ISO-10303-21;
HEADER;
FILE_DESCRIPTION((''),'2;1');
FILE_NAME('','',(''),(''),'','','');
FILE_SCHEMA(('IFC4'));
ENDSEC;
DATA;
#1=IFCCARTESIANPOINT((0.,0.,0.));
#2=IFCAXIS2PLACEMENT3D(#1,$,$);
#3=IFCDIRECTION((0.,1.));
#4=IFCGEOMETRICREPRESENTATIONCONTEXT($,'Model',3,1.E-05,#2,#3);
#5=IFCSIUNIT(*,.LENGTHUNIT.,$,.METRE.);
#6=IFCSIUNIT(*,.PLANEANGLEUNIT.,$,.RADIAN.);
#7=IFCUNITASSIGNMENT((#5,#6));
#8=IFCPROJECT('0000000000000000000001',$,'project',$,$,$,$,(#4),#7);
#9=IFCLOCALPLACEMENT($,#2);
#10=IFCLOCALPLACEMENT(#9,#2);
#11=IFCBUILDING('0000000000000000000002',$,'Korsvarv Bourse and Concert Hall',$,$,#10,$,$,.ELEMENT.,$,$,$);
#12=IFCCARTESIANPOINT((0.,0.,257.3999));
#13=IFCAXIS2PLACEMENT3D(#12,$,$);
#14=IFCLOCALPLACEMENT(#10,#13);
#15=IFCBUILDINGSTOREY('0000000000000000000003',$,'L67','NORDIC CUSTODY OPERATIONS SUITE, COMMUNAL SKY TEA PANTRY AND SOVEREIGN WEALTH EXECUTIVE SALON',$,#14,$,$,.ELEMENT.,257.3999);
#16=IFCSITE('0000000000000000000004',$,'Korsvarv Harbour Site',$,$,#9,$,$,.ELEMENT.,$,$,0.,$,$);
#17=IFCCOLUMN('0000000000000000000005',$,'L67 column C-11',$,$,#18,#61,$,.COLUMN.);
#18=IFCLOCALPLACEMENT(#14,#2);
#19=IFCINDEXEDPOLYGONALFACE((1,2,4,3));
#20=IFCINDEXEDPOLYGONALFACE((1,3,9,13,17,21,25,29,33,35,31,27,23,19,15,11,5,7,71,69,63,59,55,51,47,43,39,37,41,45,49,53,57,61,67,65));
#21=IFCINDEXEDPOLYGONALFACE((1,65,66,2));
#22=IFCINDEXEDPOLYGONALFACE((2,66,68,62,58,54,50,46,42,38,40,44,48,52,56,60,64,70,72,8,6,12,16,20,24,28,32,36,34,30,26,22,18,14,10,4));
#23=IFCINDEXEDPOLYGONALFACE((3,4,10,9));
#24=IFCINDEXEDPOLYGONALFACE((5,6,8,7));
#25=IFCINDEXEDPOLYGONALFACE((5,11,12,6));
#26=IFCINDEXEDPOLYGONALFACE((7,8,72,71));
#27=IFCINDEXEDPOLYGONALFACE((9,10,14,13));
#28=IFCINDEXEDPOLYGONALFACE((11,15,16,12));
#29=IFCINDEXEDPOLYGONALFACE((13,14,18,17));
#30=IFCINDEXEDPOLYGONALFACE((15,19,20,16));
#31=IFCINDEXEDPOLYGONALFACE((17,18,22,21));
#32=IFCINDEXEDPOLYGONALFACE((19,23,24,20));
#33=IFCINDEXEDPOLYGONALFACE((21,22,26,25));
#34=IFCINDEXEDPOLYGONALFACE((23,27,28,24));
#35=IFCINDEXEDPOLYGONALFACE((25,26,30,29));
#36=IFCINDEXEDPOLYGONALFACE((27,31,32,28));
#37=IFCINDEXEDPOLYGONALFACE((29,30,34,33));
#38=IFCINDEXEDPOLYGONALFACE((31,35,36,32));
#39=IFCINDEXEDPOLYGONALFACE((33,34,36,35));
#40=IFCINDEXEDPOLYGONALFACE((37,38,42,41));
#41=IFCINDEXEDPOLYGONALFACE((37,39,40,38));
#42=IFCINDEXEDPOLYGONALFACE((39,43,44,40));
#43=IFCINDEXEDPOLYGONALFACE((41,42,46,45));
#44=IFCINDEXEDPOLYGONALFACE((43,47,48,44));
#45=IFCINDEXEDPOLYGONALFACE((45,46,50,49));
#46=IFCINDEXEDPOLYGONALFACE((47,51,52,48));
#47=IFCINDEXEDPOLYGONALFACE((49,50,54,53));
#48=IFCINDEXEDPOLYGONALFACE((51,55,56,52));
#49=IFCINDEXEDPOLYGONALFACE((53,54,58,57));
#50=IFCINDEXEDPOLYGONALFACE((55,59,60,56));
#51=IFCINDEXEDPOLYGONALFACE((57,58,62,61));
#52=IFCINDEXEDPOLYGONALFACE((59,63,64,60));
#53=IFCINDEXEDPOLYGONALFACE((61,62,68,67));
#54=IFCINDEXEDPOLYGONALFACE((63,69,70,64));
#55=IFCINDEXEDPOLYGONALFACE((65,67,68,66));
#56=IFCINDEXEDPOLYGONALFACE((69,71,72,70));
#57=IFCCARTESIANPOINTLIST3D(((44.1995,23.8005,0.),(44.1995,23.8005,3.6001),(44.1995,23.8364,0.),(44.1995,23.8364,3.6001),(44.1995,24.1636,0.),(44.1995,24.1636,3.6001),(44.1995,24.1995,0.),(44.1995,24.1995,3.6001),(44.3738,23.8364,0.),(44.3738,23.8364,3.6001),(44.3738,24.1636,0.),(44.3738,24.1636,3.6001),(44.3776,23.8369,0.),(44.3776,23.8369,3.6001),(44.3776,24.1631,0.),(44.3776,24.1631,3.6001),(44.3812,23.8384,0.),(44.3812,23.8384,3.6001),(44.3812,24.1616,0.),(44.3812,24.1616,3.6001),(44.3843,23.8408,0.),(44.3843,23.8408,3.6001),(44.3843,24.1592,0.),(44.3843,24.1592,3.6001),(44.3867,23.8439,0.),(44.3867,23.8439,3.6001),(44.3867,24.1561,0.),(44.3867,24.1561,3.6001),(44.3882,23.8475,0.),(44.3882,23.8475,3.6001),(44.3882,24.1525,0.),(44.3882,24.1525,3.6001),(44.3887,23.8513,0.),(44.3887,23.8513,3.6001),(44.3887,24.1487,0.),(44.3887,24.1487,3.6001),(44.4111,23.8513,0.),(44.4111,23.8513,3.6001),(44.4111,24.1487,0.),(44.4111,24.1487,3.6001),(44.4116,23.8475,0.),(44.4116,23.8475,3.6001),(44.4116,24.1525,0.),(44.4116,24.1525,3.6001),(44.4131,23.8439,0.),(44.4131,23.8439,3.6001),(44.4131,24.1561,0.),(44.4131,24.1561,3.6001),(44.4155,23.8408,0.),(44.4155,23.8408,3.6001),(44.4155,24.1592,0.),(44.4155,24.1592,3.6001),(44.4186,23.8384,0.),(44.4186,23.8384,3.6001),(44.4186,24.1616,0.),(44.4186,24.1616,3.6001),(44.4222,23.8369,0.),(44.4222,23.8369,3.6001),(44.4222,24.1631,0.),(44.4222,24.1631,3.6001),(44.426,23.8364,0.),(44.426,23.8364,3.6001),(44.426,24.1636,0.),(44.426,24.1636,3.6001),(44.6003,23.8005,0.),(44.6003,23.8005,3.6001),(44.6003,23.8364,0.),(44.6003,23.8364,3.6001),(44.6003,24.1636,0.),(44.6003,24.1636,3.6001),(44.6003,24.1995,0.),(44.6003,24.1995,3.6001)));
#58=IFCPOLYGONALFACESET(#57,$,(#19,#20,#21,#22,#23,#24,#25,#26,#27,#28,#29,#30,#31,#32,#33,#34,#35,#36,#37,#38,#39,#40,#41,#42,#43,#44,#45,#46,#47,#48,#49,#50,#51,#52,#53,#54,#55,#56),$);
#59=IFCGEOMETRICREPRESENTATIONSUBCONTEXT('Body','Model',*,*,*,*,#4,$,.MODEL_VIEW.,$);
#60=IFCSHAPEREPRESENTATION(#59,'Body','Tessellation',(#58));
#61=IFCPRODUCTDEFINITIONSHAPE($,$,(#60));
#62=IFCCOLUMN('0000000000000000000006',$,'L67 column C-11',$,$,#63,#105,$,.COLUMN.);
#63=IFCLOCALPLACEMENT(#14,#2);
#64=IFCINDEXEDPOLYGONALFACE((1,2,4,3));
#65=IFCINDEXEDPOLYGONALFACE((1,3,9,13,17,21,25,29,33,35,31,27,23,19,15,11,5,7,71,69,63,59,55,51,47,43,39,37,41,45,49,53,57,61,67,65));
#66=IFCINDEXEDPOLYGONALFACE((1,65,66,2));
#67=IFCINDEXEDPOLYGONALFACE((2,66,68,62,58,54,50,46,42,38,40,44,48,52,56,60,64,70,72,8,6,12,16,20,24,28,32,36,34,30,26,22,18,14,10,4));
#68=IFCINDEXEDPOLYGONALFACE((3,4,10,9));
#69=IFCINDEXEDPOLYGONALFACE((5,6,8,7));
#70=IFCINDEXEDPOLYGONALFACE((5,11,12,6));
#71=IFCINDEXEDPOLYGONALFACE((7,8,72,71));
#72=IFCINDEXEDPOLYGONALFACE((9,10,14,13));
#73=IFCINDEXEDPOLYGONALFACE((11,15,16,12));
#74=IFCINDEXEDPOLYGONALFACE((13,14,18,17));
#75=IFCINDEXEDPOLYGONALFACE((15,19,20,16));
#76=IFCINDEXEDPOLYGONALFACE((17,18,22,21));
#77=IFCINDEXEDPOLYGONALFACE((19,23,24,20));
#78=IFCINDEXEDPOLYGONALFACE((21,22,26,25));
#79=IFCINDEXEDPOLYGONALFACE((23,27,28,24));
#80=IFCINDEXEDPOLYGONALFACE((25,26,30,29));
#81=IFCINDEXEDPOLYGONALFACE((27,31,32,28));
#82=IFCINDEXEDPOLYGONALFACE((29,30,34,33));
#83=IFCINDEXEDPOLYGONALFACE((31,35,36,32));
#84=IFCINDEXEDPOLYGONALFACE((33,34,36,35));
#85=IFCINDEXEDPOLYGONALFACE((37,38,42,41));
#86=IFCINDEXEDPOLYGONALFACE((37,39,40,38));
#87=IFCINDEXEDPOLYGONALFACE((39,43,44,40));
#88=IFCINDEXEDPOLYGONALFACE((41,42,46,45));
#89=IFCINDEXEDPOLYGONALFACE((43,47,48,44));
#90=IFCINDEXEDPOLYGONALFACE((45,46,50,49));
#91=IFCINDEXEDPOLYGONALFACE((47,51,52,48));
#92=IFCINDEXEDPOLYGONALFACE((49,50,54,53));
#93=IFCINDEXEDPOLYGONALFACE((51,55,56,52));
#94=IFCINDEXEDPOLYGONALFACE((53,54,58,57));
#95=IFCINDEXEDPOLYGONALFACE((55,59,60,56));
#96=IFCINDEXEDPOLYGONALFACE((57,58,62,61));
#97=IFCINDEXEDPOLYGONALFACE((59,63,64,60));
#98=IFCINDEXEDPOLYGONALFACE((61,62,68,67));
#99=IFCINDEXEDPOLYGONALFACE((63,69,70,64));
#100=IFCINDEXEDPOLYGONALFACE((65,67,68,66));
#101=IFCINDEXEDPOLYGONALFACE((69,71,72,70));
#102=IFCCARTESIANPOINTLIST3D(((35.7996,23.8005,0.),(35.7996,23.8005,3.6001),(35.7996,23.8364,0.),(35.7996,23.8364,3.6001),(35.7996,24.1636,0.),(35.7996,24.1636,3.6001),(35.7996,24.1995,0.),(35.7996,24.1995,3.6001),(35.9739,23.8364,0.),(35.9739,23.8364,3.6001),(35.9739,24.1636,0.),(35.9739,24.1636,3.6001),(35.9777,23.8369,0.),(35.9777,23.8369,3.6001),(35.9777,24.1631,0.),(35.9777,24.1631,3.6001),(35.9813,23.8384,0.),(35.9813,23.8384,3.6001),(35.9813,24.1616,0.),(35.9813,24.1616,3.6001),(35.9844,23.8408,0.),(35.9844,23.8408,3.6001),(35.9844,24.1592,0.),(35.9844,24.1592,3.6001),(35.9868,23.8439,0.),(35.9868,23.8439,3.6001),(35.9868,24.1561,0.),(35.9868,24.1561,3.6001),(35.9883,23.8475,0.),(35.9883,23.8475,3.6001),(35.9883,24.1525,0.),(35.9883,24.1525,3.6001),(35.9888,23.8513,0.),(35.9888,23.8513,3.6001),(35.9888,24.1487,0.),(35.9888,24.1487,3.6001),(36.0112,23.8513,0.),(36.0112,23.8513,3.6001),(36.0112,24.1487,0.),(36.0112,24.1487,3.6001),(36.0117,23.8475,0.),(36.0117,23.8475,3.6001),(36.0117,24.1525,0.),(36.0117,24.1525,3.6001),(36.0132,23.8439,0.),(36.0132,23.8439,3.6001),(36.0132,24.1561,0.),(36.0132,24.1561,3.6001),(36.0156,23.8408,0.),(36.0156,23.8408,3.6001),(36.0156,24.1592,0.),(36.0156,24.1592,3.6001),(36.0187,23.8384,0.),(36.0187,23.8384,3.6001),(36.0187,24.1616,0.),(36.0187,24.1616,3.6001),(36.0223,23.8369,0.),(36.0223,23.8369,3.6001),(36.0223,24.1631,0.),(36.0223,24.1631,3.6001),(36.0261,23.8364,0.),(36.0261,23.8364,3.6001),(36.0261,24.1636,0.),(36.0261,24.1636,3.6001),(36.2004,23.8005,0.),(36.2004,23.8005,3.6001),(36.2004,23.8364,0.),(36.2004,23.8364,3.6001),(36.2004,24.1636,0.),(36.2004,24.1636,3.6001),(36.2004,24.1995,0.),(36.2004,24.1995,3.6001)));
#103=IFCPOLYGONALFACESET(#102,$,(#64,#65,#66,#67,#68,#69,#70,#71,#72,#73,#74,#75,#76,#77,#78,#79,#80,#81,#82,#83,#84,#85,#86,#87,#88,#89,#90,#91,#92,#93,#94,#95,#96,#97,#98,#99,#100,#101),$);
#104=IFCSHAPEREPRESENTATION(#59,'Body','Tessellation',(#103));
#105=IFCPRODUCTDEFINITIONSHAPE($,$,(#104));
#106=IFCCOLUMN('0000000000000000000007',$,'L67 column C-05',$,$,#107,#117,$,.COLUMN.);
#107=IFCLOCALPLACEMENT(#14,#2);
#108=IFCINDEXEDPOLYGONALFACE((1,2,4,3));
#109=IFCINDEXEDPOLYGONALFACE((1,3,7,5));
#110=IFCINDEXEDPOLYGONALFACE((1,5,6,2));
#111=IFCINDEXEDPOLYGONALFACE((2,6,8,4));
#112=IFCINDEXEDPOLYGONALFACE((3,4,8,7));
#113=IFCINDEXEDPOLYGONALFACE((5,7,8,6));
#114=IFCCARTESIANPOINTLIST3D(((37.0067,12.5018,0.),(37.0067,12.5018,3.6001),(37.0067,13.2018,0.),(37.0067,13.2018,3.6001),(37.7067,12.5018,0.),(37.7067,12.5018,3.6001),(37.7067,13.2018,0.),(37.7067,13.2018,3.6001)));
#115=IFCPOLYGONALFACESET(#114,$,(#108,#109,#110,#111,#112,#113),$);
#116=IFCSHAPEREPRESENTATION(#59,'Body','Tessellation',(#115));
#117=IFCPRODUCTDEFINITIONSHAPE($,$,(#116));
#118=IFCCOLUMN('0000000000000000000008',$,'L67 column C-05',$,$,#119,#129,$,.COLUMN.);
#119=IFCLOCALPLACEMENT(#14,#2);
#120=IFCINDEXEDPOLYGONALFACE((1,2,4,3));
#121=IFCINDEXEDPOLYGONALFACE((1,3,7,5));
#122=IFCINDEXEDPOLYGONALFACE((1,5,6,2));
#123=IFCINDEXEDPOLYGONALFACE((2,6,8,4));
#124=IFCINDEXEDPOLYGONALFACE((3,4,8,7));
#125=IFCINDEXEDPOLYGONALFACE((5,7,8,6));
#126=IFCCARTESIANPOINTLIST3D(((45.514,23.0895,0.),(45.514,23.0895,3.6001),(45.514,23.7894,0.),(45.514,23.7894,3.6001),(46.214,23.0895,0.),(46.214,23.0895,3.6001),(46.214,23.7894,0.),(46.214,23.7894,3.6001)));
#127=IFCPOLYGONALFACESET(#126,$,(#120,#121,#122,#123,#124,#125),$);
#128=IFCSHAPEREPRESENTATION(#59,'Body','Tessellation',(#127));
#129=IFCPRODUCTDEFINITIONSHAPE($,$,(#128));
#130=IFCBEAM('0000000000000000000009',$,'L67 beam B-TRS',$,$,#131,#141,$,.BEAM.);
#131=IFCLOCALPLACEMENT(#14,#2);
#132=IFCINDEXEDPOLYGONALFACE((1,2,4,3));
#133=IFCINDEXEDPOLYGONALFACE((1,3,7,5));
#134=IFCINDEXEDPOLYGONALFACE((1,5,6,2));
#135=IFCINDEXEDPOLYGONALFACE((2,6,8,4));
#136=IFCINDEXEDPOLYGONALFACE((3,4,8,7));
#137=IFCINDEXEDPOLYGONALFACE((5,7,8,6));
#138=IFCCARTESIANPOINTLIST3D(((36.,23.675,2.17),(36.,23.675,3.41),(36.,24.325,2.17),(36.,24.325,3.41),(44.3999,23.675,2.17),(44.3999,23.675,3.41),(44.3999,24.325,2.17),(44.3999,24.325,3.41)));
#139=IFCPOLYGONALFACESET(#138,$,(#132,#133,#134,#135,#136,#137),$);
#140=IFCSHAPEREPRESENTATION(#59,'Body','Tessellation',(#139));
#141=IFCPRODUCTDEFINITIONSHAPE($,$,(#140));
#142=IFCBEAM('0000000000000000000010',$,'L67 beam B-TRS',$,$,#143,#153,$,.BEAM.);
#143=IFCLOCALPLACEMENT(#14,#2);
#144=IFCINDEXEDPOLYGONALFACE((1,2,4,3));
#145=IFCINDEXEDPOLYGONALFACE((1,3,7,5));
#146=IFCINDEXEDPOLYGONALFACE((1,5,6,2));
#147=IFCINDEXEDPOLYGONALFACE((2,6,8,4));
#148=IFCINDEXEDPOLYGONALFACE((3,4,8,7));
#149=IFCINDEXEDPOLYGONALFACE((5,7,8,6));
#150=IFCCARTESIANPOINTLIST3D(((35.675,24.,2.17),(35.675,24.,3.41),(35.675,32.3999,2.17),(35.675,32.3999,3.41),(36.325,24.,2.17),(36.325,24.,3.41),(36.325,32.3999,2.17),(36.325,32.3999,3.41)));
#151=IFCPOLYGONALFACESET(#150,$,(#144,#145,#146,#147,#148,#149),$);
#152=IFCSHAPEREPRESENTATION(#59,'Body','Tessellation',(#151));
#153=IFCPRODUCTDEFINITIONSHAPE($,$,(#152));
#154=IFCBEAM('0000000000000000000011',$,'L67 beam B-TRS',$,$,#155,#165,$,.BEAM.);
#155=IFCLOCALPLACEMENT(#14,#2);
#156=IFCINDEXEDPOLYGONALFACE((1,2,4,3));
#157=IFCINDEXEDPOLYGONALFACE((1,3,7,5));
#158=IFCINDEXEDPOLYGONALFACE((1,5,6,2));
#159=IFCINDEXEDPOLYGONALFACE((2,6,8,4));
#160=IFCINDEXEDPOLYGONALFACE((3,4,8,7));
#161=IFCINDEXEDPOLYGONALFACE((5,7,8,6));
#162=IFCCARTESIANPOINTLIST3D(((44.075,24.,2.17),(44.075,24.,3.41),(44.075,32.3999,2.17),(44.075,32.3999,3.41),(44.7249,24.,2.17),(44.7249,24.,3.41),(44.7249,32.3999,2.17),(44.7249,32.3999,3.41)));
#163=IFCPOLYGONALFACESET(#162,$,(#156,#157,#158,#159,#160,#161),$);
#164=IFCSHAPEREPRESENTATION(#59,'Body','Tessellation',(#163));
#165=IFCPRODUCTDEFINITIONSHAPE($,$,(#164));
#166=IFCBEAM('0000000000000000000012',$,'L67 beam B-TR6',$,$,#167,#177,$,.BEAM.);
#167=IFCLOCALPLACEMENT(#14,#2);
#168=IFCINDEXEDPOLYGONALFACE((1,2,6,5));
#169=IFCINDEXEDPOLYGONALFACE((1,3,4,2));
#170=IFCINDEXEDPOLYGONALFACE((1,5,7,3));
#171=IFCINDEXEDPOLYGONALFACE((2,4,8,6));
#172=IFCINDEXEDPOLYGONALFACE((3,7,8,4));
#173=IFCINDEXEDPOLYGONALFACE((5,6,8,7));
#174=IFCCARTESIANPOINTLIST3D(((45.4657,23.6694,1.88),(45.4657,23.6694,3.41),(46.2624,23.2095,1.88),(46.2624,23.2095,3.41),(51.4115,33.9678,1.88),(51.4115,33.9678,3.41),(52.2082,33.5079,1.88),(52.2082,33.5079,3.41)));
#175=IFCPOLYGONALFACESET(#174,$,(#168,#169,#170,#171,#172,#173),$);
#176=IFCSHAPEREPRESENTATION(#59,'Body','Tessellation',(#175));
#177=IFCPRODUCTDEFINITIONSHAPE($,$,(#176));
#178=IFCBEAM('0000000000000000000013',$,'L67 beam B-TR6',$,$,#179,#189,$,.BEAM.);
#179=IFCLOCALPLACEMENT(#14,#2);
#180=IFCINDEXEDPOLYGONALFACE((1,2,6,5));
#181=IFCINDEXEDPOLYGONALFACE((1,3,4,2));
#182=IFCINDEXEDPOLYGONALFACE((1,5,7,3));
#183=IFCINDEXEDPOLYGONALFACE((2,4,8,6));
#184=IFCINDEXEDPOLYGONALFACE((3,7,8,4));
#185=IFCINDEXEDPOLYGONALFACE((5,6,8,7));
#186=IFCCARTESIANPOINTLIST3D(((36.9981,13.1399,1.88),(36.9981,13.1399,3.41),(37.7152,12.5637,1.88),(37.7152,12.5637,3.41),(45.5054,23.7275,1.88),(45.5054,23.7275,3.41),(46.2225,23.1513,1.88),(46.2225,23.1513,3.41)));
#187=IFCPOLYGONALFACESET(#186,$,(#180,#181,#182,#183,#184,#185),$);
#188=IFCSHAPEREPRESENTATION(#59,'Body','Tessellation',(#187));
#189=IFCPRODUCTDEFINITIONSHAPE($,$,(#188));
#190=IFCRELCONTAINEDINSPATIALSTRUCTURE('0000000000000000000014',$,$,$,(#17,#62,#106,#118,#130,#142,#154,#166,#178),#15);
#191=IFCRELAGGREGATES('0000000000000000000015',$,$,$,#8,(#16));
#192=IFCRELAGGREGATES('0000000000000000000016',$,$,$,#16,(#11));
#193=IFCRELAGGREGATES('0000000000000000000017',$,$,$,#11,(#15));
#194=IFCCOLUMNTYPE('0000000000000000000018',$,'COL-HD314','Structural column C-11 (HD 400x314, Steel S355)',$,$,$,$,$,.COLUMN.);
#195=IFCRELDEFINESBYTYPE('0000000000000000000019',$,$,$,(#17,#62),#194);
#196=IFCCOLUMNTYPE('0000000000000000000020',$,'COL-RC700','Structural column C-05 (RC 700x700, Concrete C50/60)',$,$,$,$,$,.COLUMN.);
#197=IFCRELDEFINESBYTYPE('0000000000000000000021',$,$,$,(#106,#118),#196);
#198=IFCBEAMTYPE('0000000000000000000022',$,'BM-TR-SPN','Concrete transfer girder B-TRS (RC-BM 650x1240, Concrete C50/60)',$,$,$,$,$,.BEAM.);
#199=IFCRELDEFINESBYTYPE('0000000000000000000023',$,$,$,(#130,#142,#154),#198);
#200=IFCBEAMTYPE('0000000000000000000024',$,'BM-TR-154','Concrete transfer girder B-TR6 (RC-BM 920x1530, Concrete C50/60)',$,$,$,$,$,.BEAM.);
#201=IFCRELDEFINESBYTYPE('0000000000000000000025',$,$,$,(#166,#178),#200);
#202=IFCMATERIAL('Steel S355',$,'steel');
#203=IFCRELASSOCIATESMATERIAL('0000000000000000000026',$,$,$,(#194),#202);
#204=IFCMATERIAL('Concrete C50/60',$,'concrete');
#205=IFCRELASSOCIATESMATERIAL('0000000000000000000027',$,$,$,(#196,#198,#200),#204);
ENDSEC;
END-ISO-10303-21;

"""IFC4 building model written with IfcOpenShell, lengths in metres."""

from ifc_helpers import new_model, si_unit, direction, frame, origin, origin_2d, place, context, subcontext, project, spatial, rectangle, i_section, extrude, source, transform, mapped, material, material_profile, profile_set, type_object, element, save


model = new_model("IFC4")

# Units and contexts
model_context = context("Model", 3, precision=1e-05, world=origin(), true_north=direction((0.0, 1.0)))
body_context = subcontext(model_context, "Body", "Model", "MODEL_VIEW")
ifc_project = project(units=[si_unit("LENGTHUNIT", "METRE"), si_unit("PLANEANGLEUNIT", "RADIAN")], contexts=[model_context])

# Site, building, storey
site_placement = place(None, origin())
site = spatial("IfcSite", under=ifc_project, at=site_placement, Name="Korsvarv Harbour Site", CompositionType="ELEMENT", RefElevation=0.0)
building_placement = place(site_placement, origin())
building = spatial("IfcBuilding", under=site, at=building_placement, Name="Korsvarv Bourse and Concert Hall", CompositionType="ELEMENT")
storey_placement = place(building_placement, frame((0.0, 0.0, 257.3999)))
storey = spatial("IfcBuildingStorey", under=building, at=storey_placement, Name="L67", Description="NORDIC CUSTODY OPERATIONS SUITE, COMMUNAL SKY TEA PANTRY AND SOVEREIGN WEALTH EXECUTIVE SALON", CompositionType="ELEMENT", Elevation=257.3999)

# Columns
ifc_material_1 = material(Name="Steel S355", Category="steel")
ifc_material_profile_1 = material_profile(ifc_material_1, i_section(OverallWidth=0.4009, OverallDepth=0.3989, WebThickness=0.0225, FlangeThickness=0.0359, FilletRadius=0.0149, at=origin_2d()), Name="HD 400x314")
ifc_profile_set_1 = profile_set([ifc_material_profile_1], Name="Steel S355")
column_type_1 = type_object("IfcColumnType", Name="COL-HD314", Description="Structural column C-11 (HD 400x314, Steel S355)", PredefinedType="COLUMN", material=ifc_profile_set_1)
shared_shape_1 = source(origin(), body_context, "Body", "SweptSolid", [
    extrude(i_section(OverallWidth=0.4009, OverallDepth=0.3989, WebThickness=0.0225, FlangeThickness=0.0359, FilletRadius=0.0149, at=origin_2d()), origin(), (0.0, 0.0, 1.0), 3.6001),
])
for number, where, z_axis, x_axis, name in (
    (1, (44.3999, 24.0, 0.0), (0.0, 0.0, 1.0), (1.0, 0.0, 0.0), "L67 column C-11"),
    (2, (36.0, 24.0, 0.0), (0.0, 0.0, 1.0), (1.0, 0.0, 0.0), "L67 column C-11"),
):
    element("IfcColumn", number, at=place(storey_placement, frame(where, z_axis=z_axis, x_axis=x_axis)), inside=storey, type_object=column_type_1, Name=name, PredefinedType="COLUMN", context=body_context, shape_type="MappedRepresentation", body=[
        mapped(shared_shape_1, transform((0.0, 0.0, 0.0), scale=1.0)),
    ])
ifc_material_2 = material(Name="Concrete C50/60", Category="concrete")
ifc_material_profile_2 = material_profile(ifc_material_2, rectangle(XDim=0.7, YDim=0.7, at=origin_2d()), Name="RC 700x700")
ifc_profile_set_2 = profile_set([ifc_material_profile_2], Name="Concrete C50/60")
column_type_2 = type_object("IfcColumnType", Name="COL-RC700", Description="Structural column C-05 (RC 700x700, Concrete C50/60)", PredefinedType="COLUMN", material=ifc_profile_set_2)
shared_shape_2 = source(origin(), body_context, "Body", "SweptSolid", [
    extrude(rectangle(XDim=0.7, YDim=0.7, at=origin_2d()), origin(), (0.0, 0.0, 1.0), 3.6001),
])
for number, where, z_axis, x_axis, name in (
    (3, (37.3567, 12.8518, 0.0), (0.0, 0.0, 1.0), (1.0, 0.0, 0.0), "L67 column C-05"),
    (4, (45.864, 23.4395, 0.0), (0.0, 0.0, 1.0), (1.0, 0.0, 0.0), "L67 column C-05"),
):
    element("IfcColumn", number, at=place(storey_placement, frame(where, z_axis=z_axis, x_axis=x_axis)), inside=storey, type_object=column_type_2, Name=name, PredefinedType="COLUMN", context=body_context, shape_type="MappedRepresentation", body=[
        mapped(shared_shape_2, transform((0.0, 0.0, 0.0), scale=1.0)),
    ])

# Beams
ifc_material_profile_3 = material_profile(ifc_material_2, rectangle(XDim=0.6499, YDim=1.24, at=origin_2d()), Name="RC-BM 650x1240")
ifc_profile_set_3 = profile_set([ifc_material_profile_3], Name="Concrete C50/60")
beam_type_1 = type_object("IfcBeamType", Name="BM-TR-SPN", Description="Concrete transfer girder B-TRS (RC-BM 650x1240, Concrete C50/60)", PredefinedType="BEAM", material=ifc_profile_set_3)
shared_shape_3 = source(origin(), body_context, "Body", "SweptSolid", [
    extrude(rectangle(XDim=0.6499, YDim=1.24, at=origin_2d()), origin(), (0.0, 0.0, 1.0), 8.3999),
])
for number, where, z_axis, x_axis, name in (
    (5, (36.0, 24.0, 2.79), (1.0, 0.0, 0.0), (0.0, 1.0, 0.0), "L67 beam B-TRS"),
    (6, (36.0, 24.0, 2.79), (0.0, 1.0, 0.0), (-1.0, 0.0, 0.0), "L67 beam B-TRS"),
    (7, (44.3999, 24.0, 2.79), (0.0, 1.0, 0.0), (-1.0, 0.0, 0.0), "L67 beam B-TRS"),
):
    element("IfcBeam", number, at=place(storey_placement, frame(where, z_axis=z_axis, x_axis=x_axis)), inside=storey, type_object=beam_type_1, Name=name, PredefinedType="BEAM", context=body_context, shape_type="MappedRepresentation", body=[
        mapped(shared_shape_3, transform((0.0, 0.0, 0.0), scale=1.0)),
    ])
ifc_material_profile_4 = material_profile(ifc_material_2, rectangle(XDim=0.9199, YDim=1.53, at=origin_2d()), Name="RC-BM 920x1530")
ifc_profile_set_4 = profile_set([ifc_material_profile_4], Name="Concrete C50/60")
beam_type_2 = type_object("IfcBeamType", Name="BM-TR-154", Description="Concrete transfer girder B-TR6 (RC-BM 920x1530, Concrete C50/60)", PredefinedType="BEAM", material=ifc_profile_set_4)
shared_shape_4 = source(origin(), body_context, "Body", "SweptSolid", [
    extrude(rectangle(XDim=0.9199, YDim=1.53, at=origin_2d()), origin(), (0.0, 0.0, 1.0), 11.8916),
])
beam_1_placement = place(storey_placement, frame((45.864, 23.4395, 2.645), z_axis=(0.500003, 0.866024, 0.0), x_axis=(-0.866024, 0.500003, 0.0)))
element("IfcBeam", 8, at=beam_1_placement, inside=storey, type_object=beam_type_2, Name="L67 beam B-TR6", PredefinedType="BEAM", context=body_context, shape_type="MappedRepresentation", body=[
    mapped(shared_shape_4, transform((0.0, 0.0, 0.0), scale=1.0)),
])
shared_shape_5 = source(origin(), body_context, "Body", "SweptSolid", [
    extrude(rectangle(XDim=0.9199, YDim=1.53, at=origin_2d()), origin(), (0.0, 0.0, 1.0), 13.582),
])
beam_2_placement = place(storey_placement, frame((37.3567, 12.8518, 2.645), z_axis=(0.626364, 0.779531, 0.0), x_axis=(-0.779531, 0.626364, 0.0)))
element("IfcBeam", 9, at=beam_2_placement, inside=storey, type_object=beam_type_2, Name="L67 beam B-TR6", PredefinedType="BEAM", context=body_context, shape_type="MappedRepresentation", body=[
    mapped(shared_shape_5, transform((0.0, 0.0, 0.0), scale=1.0)),
])

save(model, "model.ifc")
